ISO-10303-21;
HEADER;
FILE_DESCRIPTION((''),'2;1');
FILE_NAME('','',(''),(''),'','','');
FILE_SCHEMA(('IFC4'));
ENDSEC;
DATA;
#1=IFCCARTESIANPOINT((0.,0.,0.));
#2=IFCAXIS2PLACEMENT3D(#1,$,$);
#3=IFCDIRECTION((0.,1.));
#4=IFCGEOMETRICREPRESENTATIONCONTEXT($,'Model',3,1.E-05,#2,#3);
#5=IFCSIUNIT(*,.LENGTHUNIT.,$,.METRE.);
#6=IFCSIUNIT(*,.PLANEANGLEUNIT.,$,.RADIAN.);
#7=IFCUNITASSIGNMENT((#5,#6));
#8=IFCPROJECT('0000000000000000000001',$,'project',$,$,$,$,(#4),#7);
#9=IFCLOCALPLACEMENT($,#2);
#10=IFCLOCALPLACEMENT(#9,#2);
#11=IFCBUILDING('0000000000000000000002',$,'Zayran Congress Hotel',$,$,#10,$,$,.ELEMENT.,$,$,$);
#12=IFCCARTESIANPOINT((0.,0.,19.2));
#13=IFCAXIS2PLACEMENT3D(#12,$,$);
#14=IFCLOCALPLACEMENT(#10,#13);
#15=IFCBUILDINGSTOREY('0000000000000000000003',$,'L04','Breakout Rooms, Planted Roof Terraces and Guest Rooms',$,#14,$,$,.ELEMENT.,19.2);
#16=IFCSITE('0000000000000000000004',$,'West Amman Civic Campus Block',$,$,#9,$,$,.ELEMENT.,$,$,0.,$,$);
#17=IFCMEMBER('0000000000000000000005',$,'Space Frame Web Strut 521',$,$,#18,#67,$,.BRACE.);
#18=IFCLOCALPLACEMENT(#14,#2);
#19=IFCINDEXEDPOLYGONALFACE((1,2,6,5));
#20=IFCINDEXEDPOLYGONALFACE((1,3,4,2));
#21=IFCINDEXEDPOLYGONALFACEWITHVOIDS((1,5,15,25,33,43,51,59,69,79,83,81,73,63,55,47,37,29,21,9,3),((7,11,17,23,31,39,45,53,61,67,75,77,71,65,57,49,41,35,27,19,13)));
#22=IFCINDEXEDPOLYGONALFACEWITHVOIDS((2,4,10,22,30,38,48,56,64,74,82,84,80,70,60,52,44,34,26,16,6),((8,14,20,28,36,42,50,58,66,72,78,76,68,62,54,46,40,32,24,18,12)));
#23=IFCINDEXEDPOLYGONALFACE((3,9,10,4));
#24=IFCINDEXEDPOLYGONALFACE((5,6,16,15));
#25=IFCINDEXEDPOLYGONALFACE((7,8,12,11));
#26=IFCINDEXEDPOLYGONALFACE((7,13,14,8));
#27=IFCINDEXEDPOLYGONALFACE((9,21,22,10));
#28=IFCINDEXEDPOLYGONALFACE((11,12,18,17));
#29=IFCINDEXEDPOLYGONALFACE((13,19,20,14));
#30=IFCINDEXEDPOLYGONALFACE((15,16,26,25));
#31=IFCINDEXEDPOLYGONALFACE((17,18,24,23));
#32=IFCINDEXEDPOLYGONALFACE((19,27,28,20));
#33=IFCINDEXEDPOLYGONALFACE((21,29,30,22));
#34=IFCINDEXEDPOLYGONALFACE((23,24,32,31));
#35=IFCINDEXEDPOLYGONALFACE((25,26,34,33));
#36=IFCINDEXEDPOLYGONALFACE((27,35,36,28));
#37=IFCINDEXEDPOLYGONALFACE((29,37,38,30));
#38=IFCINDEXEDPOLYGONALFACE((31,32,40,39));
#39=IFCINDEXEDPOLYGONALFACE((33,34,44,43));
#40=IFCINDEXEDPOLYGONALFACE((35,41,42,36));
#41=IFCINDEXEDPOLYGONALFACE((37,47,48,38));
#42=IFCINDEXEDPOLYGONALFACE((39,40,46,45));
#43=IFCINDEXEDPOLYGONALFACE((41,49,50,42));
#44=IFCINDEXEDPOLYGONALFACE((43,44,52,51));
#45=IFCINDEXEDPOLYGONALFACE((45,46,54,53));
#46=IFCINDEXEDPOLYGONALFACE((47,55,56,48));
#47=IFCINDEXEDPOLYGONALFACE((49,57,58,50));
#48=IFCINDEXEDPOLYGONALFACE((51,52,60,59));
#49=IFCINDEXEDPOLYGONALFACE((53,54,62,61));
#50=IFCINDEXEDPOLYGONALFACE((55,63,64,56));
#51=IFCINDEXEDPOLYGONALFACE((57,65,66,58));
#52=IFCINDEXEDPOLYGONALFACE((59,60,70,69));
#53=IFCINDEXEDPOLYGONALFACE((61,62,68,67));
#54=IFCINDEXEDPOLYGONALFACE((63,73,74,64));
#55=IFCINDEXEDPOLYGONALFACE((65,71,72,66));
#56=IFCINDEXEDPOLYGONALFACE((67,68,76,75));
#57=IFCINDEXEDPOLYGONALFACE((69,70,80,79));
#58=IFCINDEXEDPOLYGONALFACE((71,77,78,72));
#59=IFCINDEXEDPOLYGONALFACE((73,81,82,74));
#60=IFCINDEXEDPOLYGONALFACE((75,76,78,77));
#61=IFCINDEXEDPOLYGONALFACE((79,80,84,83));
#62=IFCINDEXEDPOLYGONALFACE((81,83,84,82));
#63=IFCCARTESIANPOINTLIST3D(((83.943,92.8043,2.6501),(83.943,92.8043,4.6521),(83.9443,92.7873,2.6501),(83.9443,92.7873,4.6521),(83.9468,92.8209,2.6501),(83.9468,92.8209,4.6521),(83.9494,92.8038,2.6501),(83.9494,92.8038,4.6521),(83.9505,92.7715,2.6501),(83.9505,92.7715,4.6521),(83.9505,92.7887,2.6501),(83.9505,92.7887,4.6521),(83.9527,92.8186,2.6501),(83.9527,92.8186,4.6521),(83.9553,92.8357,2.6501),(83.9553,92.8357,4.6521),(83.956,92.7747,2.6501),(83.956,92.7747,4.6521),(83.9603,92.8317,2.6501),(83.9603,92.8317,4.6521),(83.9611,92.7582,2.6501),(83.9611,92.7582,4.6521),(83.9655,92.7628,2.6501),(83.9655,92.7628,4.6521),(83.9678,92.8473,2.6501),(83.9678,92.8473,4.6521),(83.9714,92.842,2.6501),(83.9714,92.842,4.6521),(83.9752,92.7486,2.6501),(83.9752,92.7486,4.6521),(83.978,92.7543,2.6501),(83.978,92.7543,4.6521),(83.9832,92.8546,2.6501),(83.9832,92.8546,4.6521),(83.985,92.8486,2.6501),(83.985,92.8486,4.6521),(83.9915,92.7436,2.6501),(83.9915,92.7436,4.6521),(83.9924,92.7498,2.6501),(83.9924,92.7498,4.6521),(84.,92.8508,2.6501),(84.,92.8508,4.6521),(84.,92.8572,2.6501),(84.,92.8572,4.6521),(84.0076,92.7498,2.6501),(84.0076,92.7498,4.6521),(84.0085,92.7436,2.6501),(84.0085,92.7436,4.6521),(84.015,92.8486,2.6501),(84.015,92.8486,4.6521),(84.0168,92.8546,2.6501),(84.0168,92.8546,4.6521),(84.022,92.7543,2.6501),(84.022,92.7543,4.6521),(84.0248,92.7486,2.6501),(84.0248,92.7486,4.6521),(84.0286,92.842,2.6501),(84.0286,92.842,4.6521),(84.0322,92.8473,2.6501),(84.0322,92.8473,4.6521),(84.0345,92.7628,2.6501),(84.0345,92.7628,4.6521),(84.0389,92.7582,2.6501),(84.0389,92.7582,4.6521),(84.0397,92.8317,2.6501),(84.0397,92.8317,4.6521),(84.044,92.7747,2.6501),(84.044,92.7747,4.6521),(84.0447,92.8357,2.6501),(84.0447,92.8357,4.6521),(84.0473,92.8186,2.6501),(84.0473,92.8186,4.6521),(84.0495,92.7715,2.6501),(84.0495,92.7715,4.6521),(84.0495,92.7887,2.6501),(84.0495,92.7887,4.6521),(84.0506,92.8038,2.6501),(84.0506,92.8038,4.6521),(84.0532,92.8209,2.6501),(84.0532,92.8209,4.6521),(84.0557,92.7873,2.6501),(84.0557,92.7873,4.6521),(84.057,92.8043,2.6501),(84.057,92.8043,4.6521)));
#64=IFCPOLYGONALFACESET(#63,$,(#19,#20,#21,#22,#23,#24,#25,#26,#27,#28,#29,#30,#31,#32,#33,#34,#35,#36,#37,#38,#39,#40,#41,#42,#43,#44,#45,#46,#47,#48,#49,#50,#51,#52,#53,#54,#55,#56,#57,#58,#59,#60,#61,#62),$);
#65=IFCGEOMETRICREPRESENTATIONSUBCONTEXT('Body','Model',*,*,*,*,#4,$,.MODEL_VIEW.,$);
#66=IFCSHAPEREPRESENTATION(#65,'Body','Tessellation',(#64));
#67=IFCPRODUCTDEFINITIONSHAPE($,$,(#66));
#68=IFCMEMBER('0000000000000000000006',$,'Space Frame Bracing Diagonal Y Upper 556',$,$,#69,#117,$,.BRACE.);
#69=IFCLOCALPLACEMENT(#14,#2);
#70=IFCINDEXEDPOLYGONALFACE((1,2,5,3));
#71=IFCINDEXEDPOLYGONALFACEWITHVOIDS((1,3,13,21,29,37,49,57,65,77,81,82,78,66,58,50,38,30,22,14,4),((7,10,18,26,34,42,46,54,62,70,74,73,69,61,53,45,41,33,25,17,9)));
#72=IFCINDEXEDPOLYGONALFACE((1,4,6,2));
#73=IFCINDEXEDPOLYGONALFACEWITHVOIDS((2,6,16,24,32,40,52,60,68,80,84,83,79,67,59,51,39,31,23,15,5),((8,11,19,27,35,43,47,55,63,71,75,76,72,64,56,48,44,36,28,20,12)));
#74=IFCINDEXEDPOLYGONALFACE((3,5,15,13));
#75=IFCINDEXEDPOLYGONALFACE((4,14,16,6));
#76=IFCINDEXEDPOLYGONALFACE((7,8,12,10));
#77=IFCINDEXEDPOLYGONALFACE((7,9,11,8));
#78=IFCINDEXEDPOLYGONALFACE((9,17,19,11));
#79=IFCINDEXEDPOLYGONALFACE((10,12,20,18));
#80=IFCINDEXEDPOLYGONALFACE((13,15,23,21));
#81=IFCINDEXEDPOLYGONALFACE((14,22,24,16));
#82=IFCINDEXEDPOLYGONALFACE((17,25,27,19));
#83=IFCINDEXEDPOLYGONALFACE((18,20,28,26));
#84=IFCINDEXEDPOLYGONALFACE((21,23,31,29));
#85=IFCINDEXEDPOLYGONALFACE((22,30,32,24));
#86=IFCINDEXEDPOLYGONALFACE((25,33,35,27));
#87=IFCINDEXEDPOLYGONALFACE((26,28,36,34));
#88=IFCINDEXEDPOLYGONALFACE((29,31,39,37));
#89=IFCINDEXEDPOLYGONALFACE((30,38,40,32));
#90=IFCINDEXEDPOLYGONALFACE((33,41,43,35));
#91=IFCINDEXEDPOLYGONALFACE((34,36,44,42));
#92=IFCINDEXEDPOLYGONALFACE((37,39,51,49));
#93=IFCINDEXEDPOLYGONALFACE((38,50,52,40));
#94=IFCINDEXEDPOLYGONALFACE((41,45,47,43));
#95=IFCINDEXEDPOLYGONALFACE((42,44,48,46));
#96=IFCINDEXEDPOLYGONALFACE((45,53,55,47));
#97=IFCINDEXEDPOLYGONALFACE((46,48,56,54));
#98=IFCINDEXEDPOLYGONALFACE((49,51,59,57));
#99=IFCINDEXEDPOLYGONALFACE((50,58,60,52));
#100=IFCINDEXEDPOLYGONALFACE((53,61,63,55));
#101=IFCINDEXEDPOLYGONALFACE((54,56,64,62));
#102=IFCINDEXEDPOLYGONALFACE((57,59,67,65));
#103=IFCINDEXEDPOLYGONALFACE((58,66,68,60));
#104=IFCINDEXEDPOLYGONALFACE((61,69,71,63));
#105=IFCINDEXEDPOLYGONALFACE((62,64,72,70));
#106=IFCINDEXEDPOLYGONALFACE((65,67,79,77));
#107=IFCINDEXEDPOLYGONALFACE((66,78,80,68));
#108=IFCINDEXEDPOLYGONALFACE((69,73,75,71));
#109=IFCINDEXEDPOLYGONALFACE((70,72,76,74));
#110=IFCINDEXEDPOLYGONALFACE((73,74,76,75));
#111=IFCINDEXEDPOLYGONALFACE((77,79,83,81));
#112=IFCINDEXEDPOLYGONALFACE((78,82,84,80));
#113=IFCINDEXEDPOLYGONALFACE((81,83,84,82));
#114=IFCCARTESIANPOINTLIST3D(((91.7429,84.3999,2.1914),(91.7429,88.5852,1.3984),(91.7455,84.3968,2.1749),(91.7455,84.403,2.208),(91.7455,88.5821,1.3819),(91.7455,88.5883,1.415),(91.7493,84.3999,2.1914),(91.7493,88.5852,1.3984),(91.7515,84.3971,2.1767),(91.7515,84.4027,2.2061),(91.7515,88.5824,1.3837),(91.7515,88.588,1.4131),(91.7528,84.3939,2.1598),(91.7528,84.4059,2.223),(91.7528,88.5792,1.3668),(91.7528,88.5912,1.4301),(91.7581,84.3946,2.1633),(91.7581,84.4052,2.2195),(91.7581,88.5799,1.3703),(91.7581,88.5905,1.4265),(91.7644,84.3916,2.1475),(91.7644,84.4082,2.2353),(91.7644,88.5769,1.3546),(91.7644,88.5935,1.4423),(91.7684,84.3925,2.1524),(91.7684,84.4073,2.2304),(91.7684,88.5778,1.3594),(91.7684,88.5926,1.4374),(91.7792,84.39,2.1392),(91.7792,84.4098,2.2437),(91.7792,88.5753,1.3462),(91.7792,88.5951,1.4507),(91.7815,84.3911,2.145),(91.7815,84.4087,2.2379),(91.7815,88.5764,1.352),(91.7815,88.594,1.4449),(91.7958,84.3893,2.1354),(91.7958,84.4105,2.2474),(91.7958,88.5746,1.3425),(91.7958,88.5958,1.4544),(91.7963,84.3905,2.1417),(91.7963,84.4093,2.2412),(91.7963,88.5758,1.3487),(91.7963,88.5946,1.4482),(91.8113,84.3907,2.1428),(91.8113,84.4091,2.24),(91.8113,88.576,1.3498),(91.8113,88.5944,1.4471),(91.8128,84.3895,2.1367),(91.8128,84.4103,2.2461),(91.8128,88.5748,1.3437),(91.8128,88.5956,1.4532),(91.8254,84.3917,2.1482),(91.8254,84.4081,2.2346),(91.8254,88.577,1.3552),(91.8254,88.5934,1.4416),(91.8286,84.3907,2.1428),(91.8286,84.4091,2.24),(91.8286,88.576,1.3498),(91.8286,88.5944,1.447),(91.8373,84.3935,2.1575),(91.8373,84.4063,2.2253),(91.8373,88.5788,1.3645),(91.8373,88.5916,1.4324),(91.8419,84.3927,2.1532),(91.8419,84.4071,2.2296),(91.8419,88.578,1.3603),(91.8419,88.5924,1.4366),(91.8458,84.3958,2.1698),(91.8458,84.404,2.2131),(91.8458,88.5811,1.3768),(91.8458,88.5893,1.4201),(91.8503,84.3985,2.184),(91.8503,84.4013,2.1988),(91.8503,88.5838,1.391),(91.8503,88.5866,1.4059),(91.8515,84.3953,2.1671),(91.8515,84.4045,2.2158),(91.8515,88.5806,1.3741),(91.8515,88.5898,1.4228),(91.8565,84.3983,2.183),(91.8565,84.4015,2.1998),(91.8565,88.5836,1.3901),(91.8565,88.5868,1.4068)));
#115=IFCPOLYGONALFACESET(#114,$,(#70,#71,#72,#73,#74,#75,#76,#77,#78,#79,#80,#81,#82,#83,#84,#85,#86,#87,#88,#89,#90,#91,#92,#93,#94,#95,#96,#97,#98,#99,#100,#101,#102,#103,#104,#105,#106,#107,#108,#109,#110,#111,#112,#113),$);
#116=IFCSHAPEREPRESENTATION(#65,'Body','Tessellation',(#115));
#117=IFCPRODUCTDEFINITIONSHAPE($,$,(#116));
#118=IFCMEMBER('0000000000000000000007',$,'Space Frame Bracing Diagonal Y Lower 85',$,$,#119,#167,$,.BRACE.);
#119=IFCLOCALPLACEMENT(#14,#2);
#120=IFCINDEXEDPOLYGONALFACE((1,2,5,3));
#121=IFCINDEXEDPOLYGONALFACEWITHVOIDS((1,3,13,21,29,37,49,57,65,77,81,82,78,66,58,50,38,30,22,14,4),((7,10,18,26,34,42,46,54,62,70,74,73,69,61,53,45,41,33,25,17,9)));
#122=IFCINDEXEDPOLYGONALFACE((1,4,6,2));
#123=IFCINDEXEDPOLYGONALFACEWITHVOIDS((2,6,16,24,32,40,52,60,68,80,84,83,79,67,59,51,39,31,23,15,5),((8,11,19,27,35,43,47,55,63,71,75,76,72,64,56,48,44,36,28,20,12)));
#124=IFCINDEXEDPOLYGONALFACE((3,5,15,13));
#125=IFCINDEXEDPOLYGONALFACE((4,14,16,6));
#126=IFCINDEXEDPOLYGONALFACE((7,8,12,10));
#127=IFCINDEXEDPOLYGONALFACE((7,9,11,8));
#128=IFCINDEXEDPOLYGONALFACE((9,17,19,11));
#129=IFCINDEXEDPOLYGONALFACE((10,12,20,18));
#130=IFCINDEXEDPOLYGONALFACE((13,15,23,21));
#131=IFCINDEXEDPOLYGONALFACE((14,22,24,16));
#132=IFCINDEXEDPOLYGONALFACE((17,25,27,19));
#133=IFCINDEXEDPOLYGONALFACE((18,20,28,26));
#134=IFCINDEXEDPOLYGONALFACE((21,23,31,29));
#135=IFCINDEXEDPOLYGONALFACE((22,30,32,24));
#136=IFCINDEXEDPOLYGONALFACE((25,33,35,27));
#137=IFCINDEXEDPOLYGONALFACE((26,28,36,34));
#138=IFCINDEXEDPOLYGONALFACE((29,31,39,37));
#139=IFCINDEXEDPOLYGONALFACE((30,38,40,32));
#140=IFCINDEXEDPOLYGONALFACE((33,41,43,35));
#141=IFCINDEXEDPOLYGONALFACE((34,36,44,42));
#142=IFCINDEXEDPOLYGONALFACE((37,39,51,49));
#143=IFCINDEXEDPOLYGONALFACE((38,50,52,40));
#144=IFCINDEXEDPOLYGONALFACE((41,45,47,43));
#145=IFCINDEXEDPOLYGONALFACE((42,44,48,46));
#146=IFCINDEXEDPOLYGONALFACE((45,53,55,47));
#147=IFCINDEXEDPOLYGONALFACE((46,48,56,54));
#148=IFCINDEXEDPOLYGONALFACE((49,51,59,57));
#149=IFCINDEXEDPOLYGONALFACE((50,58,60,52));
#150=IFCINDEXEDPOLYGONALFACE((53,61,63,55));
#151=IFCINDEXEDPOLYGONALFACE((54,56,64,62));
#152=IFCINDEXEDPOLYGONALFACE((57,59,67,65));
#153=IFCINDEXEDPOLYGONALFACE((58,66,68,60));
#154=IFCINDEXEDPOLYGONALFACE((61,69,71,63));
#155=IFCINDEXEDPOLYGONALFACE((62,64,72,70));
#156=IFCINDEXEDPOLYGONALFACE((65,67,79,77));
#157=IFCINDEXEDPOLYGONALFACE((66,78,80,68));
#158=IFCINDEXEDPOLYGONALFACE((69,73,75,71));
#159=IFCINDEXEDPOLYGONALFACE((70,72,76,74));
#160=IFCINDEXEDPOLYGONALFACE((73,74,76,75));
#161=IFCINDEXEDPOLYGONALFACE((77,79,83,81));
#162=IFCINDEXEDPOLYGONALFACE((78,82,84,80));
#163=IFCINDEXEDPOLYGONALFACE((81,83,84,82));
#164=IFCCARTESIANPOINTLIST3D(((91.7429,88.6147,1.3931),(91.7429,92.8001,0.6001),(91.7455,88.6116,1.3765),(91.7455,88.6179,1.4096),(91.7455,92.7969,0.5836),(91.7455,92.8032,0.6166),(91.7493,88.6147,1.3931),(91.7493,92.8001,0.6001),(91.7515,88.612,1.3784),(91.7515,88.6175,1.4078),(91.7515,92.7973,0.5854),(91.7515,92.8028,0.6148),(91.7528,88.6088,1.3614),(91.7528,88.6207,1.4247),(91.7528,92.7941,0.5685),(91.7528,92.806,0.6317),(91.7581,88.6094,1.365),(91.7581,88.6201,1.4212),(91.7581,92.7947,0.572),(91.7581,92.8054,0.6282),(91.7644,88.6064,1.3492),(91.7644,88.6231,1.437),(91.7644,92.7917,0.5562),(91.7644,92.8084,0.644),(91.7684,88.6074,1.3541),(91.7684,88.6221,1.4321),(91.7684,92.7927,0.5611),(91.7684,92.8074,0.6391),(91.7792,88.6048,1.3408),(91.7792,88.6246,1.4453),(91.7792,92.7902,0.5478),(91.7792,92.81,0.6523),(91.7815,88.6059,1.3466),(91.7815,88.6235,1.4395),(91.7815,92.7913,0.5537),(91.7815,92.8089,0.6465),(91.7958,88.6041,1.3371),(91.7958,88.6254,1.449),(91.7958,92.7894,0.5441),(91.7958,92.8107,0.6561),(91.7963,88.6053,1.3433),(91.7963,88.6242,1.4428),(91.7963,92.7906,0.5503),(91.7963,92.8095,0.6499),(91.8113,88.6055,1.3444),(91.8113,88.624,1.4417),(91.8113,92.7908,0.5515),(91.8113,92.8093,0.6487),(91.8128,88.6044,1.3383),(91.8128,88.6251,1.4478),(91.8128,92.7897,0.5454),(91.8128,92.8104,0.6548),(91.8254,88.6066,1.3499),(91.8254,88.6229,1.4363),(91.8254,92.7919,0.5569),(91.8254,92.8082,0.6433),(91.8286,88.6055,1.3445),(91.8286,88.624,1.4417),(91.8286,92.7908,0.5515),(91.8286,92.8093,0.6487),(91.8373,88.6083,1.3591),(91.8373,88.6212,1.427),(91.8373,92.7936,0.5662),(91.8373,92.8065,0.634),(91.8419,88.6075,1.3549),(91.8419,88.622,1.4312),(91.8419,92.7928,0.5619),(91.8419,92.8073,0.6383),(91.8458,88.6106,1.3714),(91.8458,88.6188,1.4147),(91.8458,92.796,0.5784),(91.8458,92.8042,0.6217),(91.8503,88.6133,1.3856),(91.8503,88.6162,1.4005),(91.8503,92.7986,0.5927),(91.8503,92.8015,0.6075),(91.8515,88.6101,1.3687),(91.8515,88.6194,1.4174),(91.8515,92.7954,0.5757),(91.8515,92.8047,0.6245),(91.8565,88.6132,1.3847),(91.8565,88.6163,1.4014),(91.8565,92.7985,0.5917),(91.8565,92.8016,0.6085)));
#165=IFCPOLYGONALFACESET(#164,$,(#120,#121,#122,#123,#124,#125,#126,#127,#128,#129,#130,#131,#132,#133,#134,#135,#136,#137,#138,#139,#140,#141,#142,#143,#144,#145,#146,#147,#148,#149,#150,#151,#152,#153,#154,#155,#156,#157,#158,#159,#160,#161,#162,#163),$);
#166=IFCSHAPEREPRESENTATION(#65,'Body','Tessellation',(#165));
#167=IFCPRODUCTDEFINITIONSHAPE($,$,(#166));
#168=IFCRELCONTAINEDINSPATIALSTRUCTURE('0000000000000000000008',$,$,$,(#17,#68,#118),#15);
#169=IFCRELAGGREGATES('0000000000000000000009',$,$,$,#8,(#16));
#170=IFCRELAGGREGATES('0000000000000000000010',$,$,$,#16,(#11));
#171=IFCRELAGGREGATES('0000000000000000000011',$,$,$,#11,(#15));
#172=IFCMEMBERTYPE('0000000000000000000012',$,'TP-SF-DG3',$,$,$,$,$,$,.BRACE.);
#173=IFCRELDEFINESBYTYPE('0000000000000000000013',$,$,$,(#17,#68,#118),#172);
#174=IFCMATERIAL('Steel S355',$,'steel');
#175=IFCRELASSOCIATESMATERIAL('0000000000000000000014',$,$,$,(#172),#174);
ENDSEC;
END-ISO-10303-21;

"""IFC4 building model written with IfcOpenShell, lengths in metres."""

from ifc_helpers import new_model, si_unit, direction, frame, origin, origin_2d, place, context, subcontext, project, spatial, hollow_circle, extrude, material, material_profile, profile_set, type_object, element, save


model = new_model("IFC4")

# Units and contexts
model_context = context("Model", 3, precision=1e-05, world=origin(), true_north=direction((0.0, 1.0)))
body_context = subcontext(model_context, "Body", "Model", "MODEL_VIEW")
ifc_project = project(units=[si_unit("LENGTHUNIT", "METRE"), si_unit("PLANEANGLEUNIT", "RADIAN")], contexts=[model_context])

# Site, building, storey
site_placement = place(None, origin())
site = spatial("IfcSite", under=ifc_project, at=site_placement, Name="West Amman Civic Campus Block", CompositionType="ELEMENT", RefElevation=0.0)
building_placement = place(site_placement, origin())
building = spatial("IfcBuilding", under=site, at=building_placement, Name="Zayran Congress Hotel", CompositionType="ELEMENT")
storey_placement = place(building_placement, frame((0.0, 0.0, 19.2)))
storey = spatial("IfcBuildingStorey", under=building, at=storey_placement, Name="L04", Description="Breakout Rooms, Planted Roof Terraces and Guest Rooms", CompositionType="ELEMENT", Elevation=19.2)

# Shared definitions
ifc_material = material(Name="Steel S355", Category="steel")

# Members
ifc_material_profile_1 = material_profile(ifc_material, hollow_circle(Radius=0.0571, WallThickness=0.0063, at=origin_2d()), Name="CHS 114.3x6.3")
ifc_profile_set_1 = profile_set([ifc_material_profile_1], Name="Steel S355")
member_type_1 = type_object("IfcMemberType", Name="TP-SF-DG3", PredefinedType="BRACE", material=ifc_profile_set_1)
member_1_placement = place(storey_placement, frame((84.0, 92.8, 2.6501), z_axis=(0.0, 0.0, 1.0), x_axis=(0.0, 1.0, 0.0)))
element("IfcMember", 1, at=member_1_placement, inside=storey, type_object=member_type_1, Name="Space Frame Web Strut 521", PredefinedType="BRACE", context=body_context, shape_type="SweptSolid", body=[
    extrude(hollow_circle(Radius=0.0571, WallThickness=0.0063, at=origin_2d()), origin(), (0.0, 0.0, 1.0), 2.002),
])
for number, where, z_axis, x_axis, name in (
    (2, (91.8, 84.3999, 2.1914), (0.0, 0.982521, -0.186153), (-1.0, 0.0, 0.0), "Space Frame Bracing Diagonal Y Upper 556"),
    (3, (91.8, 88.6147, 1.3931), (0.0, 0.982521, -0.186153), (-1.0, 0.0, 0.0), "Space Frame Bracing Diagonal Y Lower 85"),
):
    element("IfcMember", number, at=place(storey_placement, frame(where, z_axis=z_axis, x_axis=x_axis)), inside=storey, type_object=member_type_1, Name=name, PredefinedType="BRACE", context=body_context, shape_type="SweptSolid", body=[
        extrude(hollow_circle(Radius=0.0571, WallThickness=0.0063, at=origin_2d()), origin(), (0.0, 0.0, 1.0), 4.2598),
    ])

save(model, "model.ifc")
